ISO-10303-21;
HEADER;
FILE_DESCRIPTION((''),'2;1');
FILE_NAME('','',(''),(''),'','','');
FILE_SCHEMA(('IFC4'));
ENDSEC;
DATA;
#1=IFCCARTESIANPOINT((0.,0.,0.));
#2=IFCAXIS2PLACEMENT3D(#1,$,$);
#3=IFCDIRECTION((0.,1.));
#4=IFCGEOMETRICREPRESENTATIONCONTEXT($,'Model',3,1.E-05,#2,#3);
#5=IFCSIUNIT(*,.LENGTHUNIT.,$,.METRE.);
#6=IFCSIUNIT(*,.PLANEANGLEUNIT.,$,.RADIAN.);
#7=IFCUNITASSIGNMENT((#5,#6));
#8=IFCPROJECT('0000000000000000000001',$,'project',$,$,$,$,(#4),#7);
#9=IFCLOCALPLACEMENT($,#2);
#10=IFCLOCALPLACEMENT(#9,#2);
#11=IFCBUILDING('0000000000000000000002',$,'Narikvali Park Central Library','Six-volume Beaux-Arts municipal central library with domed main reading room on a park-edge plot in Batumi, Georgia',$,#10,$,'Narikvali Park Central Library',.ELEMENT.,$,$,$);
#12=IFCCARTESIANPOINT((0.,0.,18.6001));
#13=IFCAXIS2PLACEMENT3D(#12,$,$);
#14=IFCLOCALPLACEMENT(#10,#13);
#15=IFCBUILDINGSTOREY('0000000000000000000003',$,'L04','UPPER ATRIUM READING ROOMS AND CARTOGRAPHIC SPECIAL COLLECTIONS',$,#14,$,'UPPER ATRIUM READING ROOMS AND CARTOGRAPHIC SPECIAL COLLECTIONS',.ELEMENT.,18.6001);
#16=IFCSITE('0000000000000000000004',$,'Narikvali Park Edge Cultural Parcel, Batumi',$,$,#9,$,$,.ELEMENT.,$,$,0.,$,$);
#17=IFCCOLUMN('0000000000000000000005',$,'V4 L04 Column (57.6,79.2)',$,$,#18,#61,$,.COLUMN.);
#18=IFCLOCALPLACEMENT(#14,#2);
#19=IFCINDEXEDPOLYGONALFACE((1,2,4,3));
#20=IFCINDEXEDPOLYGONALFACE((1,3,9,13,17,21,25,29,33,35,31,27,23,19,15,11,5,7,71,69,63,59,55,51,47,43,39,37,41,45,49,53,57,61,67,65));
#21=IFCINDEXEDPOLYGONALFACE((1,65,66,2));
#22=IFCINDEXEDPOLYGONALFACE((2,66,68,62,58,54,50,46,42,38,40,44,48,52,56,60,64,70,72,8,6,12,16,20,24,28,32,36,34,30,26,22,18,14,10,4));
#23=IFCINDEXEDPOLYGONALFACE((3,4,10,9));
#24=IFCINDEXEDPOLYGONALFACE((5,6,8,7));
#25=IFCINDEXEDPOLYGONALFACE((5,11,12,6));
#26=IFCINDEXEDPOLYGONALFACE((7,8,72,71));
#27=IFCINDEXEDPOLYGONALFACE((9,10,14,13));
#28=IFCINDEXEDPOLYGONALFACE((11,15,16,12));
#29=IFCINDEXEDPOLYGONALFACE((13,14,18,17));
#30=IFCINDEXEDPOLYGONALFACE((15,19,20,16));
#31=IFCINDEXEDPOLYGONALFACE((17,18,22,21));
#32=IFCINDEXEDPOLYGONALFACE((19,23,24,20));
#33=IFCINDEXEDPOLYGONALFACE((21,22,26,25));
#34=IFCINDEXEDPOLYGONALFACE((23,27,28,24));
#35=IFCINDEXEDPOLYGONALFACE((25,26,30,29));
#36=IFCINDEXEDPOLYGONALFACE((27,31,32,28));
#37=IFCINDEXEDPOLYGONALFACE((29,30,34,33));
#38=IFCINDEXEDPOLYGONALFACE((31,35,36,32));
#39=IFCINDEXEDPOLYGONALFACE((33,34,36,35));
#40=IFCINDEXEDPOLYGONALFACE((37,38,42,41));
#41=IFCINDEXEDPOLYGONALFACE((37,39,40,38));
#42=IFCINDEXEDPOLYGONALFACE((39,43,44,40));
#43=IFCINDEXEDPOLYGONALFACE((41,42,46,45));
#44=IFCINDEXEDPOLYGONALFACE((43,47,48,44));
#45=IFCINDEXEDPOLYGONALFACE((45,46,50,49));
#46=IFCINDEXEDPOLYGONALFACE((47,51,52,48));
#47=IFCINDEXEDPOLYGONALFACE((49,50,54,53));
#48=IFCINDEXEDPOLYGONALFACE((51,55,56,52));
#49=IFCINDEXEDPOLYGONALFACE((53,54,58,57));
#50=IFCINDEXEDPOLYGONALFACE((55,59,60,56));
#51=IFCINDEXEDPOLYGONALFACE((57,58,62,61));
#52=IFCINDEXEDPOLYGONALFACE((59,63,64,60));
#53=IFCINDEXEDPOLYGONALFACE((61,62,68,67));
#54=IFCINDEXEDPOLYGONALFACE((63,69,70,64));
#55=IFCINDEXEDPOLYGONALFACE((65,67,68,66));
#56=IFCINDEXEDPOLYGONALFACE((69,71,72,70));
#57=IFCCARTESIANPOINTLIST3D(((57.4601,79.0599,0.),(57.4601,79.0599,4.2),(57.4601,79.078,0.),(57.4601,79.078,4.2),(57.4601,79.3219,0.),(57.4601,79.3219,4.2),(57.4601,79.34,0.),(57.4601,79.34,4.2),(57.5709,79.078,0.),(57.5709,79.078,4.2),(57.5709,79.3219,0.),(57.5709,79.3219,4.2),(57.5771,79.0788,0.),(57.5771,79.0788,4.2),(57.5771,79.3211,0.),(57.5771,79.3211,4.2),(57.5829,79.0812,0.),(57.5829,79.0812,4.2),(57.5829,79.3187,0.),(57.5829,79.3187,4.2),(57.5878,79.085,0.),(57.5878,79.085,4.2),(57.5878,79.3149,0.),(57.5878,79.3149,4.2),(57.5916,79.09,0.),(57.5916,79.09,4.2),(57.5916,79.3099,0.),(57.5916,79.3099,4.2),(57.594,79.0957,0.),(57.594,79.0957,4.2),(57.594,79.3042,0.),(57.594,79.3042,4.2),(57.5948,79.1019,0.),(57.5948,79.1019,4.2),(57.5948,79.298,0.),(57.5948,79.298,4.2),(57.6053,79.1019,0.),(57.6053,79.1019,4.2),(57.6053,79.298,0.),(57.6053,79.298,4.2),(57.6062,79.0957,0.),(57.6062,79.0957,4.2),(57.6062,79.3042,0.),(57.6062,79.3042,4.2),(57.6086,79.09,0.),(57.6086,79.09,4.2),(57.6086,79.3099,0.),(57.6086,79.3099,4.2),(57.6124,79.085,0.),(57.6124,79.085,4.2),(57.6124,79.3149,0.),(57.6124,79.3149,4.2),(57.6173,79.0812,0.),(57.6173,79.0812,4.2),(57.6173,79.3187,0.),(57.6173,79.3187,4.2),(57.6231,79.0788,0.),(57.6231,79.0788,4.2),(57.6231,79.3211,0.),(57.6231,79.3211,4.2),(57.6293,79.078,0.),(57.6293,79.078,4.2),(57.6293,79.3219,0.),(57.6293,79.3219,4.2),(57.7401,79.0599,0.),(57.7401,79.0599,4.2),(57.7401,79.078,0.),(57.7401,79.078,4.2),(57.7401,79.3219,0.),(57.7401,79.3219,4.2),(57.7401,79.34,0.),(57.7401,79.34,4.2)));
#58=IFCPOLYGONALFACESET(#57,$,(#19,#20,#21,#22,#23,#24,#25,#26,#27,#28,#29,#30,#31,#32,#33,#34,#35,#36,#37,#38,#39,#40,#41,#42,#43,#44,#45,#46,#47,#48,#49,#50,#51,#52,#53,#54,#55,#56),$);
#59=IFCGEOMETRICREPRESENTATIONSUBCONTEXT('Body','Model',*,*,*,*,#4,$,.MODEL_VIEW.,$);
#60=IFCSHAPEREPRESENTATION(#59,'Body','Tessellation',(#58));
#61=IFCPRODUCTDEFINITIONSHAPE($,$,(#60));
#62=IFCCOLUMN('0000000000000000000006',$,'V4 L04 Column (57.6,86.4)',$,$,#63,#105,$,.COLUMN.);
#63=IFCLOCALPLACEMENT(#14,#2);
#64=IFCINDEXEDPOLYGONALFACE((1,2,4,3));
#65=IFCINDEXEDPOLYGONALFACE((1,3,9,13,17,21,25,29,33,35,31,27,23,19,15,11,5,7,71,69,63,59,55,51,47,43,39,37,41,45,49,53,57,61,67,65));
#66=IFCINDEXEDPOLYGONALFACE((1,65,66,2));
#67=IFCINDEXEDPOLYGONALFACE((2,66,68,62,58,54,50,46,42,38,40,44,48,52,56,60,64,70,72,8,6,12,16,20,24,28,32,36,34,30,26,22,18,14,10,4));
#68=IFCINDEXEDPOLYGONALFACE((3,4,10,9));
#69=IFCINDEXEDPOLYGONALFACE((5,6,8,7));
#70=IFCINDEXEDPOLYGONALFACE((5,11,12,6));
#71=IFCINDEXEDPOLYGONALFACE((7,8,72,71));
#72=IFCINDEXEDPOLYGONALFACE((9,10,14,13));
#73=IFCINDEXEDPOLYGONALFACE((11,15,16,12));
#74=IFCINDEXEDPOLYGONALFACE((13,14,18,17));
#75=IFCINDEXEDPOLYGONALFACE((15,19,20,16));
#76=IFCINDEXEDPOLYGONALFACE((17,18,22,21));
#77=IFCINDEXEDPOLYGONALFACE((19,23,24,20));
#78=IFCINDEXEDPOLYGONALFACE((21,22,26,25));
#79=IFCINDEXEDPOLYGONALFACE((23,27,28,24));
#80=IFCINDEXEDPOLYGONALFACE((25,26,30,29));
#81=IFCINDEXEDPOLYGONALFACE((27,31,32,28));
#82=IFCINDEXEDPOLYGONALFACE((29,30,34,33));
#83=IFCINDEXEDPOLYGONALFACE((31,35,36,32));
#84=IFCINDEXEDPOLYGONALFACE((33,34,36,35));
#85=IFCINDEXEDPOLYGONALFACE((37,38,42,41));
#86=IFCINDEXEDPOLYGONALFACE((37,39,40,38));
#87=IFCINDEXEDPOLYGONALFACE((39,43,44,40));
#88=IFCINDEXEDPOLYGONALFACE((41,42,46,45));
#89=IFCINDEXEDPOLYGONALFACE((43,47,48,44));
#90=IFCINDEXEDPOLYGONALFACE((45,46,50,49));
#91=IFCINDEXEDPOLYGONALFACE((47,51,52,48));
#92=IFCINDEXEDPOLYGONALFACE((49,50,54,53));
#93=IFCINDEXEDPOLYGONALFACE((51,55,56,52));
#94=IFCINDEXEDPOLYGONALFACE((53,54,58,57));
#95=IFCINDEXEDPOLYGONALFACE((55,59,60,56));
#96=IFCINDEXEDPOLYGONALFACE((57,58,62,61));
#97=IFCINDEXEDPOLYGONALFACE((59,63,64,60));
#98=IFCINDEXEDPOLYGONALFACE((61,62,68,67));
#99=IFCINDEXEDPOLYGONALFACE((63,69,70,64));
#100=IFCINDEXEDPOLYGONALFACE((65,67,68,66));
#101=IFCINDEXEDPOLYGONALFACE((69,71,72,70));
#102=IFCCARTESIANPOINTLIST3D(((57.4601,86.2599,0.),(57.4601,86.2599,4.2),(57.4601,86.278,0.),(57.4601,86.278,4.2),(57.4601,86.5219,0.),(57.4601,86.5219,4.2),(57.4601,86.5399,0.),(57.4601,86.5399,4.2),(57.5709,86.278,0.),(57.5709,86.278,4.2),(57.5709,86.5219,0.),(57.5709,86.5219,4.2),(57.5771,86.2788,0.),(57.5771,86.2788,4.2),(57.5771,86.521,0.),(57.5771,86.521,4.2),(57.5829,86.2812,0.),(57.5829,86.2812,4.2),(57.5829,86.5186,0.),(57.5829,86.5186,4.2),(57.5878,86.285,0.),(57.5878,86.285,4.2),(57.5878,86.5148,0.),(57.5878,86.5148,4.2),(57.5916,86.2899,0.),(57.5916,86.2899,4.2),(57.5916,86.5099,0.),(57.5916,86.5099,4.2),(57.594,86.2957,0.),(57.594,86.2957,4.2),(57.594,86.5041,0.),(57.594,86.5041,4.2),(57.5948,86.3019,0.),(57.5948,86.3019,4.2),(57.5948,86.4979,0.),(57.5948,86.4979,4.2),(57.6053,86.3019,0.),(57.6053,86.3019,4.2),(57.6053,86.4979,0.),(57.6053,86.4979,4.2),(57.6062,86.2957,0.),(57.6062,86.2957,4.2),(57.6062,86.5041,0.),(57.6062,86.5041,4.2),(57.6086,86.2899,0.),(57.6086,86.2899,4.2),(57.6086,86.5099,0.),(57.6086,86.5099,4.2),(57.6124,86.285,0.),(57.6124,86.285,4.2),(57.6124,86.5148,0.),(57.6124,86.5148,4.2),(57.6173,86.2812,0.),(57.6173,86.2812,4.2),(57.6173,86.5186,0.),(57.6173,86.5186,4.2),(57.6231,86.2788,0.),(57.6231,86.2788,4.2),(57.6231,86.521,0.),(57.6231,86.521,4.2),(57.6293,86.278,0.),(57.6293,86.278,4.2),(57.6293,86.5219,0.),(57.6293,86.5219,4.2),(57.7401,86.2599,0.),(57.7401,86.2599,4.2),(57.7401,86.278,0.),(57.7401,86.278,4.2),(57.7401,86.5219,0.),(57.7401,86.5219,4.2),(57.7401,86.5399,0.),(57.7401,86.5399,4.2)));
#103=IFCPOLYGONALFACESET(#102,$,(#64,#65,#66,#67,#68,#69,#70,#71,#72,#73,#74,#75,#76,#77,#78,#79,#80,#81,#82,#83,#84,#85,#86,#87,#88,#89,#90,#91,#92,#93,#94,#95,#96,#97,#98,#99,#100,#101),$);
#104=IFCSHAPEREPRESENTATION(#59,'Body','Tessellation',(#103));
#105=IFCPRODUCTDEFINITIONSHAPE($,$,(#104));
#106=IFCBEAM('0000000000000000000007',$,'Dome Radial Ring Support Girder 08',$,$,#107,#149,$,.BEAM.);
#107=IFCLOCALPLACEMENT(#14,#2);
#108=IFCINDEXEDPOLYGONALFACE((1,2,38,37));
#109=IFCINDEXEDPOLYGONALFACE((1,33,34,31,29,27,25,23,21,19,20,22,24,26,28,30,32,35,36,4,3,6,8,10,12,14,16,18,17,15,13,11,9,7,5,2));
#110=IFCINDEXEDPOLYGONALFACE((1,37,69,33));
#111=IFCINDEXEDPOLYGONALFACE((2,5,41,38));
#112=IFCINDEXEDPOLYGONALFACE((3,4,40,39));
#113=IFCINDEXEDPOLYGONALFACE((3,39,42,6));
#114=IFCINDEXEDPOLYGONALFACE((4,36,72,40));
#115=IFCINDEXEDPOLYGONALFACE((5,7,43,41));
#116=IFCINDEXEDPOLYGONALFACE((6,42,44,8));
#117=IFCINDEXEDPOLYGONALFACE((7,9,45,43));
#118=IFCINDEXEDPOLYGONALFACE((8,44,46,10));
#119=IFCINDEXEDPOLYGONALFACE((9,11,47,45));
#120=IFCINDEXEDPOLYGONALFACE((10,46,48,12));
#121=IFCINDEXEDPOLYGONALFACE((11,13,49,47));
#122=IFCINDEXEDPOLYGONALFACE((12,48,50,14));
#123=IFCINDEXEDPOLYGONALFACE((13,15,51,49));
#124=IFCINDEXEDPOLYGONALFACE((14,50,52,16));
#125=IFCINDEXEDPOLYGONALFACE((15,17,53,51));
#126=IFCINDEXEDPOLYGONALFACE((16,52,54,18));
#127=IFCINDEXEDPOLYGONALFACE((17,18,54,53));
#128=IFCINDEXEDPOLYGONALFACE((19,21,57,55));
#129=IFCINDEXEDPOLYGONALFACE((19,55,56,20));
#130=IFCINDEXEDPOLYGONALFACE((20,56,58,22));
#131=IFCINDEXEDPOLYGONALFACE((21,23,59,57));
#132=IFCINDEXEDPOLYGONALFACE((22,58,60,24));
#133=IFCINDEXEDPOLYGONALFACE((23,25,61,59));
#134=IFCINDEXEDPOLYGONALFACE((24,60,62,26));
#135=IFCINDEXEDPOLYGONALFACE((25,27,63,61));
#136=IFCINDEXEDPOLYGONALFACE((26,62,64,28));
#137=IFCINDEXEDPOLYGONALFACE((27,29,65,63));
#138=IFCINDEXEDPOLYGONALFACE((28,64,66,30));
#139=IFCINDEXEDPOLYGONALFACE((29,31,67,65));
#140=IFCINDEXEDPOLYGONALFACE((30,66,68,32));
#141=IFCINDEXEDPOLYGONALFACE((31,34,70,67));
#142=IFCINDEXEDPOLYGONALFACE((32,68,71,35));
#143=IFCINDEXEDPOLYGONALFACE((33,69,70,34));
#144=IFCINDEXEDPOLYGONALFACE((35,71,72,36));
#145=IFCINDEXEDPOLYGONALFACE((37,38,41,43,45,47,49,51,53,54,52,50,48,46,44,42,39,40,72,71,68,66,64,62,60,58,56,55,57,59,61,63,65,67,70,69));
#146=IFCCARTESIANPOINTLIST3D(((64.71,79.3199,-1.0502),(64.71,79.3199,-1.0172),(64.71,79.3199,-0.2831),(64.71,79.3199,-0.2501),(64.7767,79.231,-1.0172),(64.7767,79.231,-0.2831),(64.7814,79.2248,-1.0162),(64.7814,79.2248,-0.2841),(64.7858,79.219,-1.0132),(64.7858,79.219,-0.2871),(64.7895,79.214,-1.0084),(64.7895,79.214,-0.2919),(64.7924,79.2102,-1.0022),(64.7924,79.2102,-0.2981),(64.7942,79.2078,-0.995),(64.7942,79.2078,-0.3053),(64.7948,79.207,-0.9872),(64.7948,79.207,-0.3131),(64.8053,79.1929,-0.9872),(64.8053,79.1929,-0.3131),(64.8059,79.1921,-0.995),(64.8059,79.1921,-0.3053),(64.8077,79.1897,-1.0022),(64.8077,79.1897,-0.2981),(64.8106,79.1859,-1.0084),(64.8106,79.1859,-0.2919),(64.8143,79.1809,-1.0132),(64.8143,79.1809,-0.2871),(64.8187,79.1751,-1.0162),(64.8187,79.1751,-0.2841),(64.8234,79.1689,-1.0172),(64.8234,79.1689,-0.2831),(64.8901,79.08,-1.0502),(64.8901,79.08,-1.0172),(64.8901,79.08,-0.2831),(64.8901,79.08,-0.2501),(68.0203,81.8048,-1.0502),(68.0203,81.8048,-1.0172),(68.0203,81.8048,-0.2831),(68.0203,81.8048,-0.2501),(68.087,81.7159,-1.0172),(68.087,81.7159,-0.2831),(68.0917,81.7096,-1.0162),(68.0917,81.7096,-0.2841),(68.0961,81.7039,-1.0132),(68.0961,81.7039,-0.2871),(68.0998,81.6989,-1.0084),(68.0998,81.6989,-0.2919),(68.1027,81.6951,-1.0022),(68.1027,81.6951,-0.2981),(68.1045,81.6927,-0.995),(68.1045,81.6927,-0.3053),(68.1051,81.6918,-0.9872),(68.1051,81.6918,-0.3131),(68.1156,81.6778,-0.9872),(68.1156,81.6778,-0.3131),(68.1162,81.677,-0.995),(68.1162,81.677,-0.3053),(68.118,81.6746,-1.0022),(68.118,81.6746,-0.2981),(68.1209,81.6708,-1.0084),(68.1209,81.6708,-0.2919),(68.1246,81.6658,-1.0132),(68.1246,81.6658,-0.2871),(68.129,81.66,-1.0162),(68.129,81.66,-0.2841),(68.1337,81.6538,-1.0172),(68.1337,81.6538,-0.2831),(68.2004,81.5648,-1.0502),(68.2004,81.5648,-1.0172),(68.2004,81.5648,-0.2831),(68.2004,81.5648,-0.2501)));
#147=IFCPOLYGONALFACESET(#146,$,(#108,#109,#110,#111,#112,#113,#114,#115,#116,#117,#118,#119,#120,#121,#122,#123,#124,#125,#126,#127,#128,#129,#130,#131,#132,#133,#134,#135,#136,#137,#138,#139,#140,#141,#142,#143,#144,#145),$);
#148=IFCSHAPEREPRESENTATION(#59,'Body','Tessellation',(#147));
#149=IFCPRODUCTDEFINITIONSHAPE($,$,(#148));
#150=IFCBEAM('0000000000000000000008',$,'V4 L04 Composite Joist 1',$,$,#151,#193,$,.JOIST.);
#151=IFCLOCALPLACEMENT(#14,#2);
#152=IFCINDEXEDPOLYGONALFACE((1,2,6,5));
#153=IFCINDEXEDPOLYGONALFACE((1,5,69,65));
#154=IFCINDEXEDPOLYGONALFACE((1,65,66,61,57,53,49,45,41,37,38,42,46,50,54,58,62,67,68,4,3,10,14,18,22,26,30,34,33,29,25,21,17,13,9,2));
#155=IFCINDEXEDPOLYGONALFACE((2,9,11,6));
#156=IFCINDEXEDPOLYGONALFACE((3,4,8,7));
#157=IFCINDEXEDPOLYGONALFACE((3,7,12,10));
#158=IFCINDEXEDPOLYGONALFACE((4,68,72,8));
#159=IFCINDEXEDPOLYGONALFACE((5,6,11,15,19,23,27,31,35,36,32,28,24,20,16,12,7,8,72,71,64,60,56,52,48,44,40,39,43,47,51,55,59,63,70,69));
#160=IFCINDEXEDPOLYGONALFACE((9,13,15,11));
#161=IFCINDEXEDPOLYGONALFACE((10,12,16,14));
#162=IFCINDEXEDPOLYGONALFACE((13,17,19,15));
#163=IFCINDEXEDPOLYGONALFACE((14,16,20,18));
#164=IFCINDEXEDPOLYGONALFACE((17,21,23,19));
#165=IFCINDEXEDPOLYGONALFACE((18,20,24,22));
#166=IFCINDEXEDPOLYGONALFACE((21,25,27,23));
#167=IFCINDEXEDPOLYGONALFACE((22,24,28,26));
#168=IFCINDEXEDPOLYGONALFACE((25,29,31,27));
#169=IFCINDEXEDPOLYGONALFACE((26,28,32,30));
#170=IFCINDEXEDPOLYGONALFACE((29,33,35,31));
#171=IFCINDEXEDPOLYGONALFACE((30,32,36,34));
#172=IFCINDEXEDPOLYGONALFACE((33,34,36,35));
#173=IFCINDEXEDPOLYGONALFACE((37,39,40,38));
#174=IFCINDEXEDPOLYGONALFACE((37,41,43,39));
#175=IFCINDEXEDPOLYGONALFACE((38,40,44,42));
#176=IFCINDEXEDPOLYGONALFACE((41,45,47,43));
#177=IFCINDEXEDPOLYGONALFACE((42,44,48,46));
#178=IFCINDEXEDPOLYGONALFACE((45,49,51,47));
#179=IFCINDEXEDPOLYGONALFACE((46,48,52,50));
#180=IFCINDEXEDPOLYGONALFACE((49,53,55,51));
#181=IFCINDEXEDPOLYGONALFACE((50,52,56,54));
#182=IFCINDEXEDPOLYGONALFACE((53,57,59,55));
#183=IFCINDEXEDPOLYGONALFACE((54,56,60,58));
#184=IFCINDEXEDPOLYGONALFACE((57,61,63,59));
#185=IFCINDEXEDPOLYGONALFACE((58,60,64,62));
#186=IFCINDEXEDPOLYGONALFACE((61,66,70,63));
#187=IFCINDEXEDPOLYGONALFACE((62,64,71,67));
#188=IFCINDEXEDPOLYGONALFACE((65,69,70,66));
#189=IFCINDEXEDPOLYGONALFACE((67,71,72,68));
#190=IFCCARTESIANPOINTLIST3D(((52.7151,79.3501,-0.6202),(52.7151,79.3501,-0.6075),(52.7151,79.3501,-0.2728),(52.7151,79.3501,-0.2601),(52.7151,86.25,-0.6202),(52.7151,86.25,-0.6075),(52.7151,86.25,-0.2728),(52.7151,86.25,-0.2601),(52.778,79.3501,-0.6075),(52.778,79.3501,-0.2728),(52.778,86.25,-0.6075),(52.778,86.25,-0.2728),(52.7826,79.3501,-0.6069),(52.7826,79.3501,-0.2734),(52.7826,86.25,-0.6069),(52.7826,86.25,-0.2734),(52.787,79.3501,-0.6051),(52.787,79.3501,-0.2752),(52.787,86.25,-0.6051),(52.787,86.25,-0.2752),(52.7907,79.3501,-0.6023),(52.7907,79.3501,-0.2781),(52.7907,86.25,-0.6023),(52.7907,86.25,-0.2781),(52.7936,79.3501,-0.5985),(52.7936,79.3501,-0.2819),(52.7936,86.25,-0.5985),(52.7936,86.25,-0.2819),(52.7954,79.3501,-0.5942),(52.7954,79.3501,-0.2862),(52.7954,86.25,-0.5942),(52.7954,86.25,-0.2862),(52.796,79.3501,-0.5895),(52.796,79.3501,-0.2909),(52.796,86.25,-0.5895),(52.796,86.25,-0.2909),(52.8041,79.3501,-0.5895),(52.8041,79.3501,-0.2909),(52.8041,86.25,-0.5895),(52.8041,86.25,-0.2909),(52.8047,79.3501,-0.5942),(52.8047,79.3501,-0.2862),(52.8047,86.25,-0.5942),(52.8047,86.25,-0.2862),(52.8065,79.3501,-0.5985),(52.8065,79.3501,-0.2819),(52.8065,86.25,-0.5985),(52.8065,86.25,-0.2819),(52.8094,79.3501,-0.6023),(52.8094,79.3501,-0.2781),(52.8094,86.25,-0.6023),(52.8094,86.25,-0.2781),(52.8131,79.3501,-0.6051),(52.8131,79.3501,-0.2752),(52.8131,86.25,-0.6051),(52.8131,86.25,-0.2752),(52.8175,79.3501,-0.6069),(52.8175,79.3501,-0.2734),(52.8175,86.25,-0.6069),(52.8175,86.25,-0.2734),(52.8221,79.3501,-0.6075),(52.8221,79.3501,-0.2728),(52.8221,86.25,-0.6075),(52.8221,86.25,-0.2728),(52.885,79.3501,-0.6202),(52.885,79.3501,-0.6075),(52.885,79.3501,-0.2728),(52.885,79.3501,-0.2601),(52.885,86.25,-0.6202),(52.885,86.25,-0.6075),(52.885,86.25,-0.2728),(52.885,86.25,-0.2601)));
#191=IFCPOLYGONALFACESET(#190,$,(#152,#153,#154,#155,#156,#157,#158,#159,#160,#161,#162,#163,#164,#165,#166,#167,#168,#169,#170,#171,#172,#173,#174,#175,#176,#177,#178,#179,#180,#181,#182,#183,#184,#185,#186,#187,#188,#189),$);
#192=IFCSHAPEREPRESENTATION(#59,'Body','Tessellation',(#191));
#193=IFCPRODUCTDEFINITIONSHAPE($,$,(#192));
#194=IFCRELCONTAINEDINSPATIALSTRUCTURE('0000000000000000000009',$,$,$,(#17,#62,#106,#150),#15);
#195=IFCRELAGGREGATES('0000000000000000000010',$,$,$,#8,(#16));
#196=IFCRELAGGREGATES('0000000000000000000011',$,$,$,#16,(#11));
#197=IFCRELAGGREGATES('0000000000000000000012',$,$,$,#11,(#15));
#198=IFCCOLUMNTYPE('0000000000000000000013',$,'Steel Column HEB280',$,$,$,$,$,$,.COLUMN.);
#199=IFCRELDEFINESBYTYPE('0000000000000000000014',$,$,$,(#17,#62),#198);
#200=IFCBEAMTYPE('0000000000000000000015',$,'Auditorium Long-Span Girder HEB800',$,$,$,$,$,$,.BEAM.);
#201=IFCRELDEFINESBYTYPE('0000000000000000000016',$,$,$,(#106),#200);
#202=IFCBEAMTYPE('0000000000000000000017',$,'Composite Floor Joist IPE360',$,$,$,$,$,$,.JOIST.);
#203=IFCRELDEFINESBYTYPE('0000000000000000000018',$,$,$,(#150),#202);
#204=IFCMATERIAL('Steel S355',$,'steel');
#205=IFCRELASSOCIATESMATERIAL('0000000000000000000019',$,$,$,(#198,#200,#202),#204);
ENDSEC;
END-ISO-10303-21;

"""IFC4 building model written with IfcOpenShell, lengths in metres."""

from ifc_helpers import new_model, si_unit, direction, frame, origin, origin_2d, place, context, subcontext, project, spatial, i_section, extrude, material, material_profile, profile_set, type_object, element, save


model = new_model("IFC4")

# Units and contexts
model_context = context("Model", 3, precision=1e-05, world=origin(), true_north=direction((0.0, 1.0)))
body_context = subcontext(model_context, "Body", "Model", "MODEL_VIEW")
ifc_project = project(units=[si_unit("LENGTHUNIT", "METRE"), si_unit("PLANEANGLEUNIT", "RADIAN")], contexts=[model_context])

# Site, building, storey
site_placement = place(None, origin())
site = spatial("IfcSite", under=ifc_project, at=site_placement, Name="Narikvali Park Edge Cultural Parcel, Batumi", CompositionType="ELEMENT", RefElevation=0.0)
building_placement = place(site_placement, origin())
building = spatial("IfcBuilding", under=site, at=building_placement, Name="Narikvali Park Central Library", Description="Six-volume Beaux-Arts municipal central library with domed main reading room on a park-edge plot in Batumi, Georgia", LongName="Narikvali Park Central Library", CompositionType="ELEMENT")
storey_placement = place(building_placement, frame((0.0, 0.0, 18.6001)))
storey = spatial("IfcBuildingStorey", under=building, at=storey_placement, Name="L04", Description="UPPER ATRIUM READING ROOMS AND CARTOGRAPHIC SPECIAL COLLECTIONS", LongName="UPPER ATRIUM READING ROOMS AND CARTOGRAPHIC SPECIAL COLLECTIONS", CompositionType="ELEMENT", Elevation=18.6001)

# Columns
ifc_material_1 = material(Name="Steel S355", Category="steel")
ifc_material_profile_1 = material_profile(ifc_material_1, i_section(OverallWidth=0.28, OverallDepth=0.28, WebThickness=0.0105, FlangeThickness=0.0181, FilletRadius=0.0239, at=origin_2d()), Name="HEB 280")
ifc_profile_set_1 = profile_set([ifc_material_profile_1], Name="Steel S355")
column_type = type_object("IfcColumnType", Name="Steel Column HEB280", PredefinedType="COLUMN", material=ifc_profile_set_1)
for number, where, z_axis, x_axis, name in (
    (1, (57.6001, 79.2, 0.0), (0.0, 0.0, 1.0), (1.0, 0.0, 0.0), "V4 L04 Column (57.6,79.2)"),
    (2, (57.6001, 86.3999, 0.0), (0.0, 0.0, 1.0), (1.0, 0.0, 0.0), "V4 L04 Column (57.6,86.4)"),
):
    element("IfcColumn", number, at=place(storey_placement, frame(where, z_axis=z_axis, x_axis=x_axis)), inside=storey, type_object=column_type, Name=name, PredefinedType="COLUMN", context=body_context, shape_type="SweptSolid", body=[
        extrude(i_section(OverallWidth=0.28, OverallDepth=0.28, WebThickness=0.0105, FlangeThickness=0.0181, FilletRadius=0.0239, at=origin_2d()), origin(), (0.0, 0.0, 1.0), 4.2),
    ])

# Beams
ifc_material_profile_2 = material_profile(ifc_material_1, i_section(OverallWidth=0.3, OverallDepth=0.8, WebThickness=0.0176, FlangeThickness=0.033, FilletRadius=0.03, at=origin_2d()), Name="HEB 800")
ifc_profile_set_2 = profile_set([ifc_material_profile_2], Name="Steel S355")
beam_type_1 = type_object("IfcBeamType", Name="Auditorium Long-Span Girder HEB800", PredefinedType="BEAM", material=ifc_profile_set_2)
beam_placement = place(storey_placement, frame((64.8, 79.2, -0.6501), z_axis=(0.799752, 0.60033, 0.0), x_axis=(-0.60033, 0.799752, 0.0)))
element("IfcBeam", 3, at=beam_placement, inside=storey, type_object=beam_type_1, Name="Dome Radial Ring Support Girder 08", PredefinedType="BEAM", context=body_context, shape_type="SweptSolid", body=[
    extrude(i_section(OverallWidth=0.3, OverallDepth=0.8, WebThickness=0.0176, FlangeThickness=0.033, FilletRadius=0.03, at=origin_2d()), origin(), (0.0, 0.0, 1.0), 4.1392),
])
ifc_material_profile_3 = material_profile(ifc_material_1, i_section(OverallWidth=0.1699, OverallDepth=0.3601, WebThickness=0.0081, FlangeThickness=0.0127, FilletRadius=0.0181, at=origin_2d()), Name="IPE 360")
ifc_profile_set_3 = profile_set([ifc_material_profile_3], Name="Steel S355")
beam_type_2 = type_object("IfcBeamType", Name="Composite Floor Joist IPE360", PredefinedType="JOIST", material=ifc_profile_set_3)
for number, where, z_axis, x_axis, name in (
    (4, (52.8, 79.3501, -0.4402), (0.0, 1.0, 0.0), (-1.0, 0.0, 0.0), "V4 L04 Composite Joist 1"),
):
    element("IfcBeam", number, at=place(storey_placement, frame(where, z_axis=z_axis, x_axis=x_axis)), inside=storey, type_object=beam_type_2, Name=name, PredefinedType="JOIST", context=body_context, shape_type="SweptSolid", body=[
        extrude(i_section(OverallWidth=0.1699, OverallDepth=0.3601, WebThickness=0.0081, FlangeThickness=0.0127, FilletRadius=0.0181, at=origin_2d()), origin(), (0.0, 0.0, 1.0), 6.8999),
    ])

save(model, "model.ifc")
